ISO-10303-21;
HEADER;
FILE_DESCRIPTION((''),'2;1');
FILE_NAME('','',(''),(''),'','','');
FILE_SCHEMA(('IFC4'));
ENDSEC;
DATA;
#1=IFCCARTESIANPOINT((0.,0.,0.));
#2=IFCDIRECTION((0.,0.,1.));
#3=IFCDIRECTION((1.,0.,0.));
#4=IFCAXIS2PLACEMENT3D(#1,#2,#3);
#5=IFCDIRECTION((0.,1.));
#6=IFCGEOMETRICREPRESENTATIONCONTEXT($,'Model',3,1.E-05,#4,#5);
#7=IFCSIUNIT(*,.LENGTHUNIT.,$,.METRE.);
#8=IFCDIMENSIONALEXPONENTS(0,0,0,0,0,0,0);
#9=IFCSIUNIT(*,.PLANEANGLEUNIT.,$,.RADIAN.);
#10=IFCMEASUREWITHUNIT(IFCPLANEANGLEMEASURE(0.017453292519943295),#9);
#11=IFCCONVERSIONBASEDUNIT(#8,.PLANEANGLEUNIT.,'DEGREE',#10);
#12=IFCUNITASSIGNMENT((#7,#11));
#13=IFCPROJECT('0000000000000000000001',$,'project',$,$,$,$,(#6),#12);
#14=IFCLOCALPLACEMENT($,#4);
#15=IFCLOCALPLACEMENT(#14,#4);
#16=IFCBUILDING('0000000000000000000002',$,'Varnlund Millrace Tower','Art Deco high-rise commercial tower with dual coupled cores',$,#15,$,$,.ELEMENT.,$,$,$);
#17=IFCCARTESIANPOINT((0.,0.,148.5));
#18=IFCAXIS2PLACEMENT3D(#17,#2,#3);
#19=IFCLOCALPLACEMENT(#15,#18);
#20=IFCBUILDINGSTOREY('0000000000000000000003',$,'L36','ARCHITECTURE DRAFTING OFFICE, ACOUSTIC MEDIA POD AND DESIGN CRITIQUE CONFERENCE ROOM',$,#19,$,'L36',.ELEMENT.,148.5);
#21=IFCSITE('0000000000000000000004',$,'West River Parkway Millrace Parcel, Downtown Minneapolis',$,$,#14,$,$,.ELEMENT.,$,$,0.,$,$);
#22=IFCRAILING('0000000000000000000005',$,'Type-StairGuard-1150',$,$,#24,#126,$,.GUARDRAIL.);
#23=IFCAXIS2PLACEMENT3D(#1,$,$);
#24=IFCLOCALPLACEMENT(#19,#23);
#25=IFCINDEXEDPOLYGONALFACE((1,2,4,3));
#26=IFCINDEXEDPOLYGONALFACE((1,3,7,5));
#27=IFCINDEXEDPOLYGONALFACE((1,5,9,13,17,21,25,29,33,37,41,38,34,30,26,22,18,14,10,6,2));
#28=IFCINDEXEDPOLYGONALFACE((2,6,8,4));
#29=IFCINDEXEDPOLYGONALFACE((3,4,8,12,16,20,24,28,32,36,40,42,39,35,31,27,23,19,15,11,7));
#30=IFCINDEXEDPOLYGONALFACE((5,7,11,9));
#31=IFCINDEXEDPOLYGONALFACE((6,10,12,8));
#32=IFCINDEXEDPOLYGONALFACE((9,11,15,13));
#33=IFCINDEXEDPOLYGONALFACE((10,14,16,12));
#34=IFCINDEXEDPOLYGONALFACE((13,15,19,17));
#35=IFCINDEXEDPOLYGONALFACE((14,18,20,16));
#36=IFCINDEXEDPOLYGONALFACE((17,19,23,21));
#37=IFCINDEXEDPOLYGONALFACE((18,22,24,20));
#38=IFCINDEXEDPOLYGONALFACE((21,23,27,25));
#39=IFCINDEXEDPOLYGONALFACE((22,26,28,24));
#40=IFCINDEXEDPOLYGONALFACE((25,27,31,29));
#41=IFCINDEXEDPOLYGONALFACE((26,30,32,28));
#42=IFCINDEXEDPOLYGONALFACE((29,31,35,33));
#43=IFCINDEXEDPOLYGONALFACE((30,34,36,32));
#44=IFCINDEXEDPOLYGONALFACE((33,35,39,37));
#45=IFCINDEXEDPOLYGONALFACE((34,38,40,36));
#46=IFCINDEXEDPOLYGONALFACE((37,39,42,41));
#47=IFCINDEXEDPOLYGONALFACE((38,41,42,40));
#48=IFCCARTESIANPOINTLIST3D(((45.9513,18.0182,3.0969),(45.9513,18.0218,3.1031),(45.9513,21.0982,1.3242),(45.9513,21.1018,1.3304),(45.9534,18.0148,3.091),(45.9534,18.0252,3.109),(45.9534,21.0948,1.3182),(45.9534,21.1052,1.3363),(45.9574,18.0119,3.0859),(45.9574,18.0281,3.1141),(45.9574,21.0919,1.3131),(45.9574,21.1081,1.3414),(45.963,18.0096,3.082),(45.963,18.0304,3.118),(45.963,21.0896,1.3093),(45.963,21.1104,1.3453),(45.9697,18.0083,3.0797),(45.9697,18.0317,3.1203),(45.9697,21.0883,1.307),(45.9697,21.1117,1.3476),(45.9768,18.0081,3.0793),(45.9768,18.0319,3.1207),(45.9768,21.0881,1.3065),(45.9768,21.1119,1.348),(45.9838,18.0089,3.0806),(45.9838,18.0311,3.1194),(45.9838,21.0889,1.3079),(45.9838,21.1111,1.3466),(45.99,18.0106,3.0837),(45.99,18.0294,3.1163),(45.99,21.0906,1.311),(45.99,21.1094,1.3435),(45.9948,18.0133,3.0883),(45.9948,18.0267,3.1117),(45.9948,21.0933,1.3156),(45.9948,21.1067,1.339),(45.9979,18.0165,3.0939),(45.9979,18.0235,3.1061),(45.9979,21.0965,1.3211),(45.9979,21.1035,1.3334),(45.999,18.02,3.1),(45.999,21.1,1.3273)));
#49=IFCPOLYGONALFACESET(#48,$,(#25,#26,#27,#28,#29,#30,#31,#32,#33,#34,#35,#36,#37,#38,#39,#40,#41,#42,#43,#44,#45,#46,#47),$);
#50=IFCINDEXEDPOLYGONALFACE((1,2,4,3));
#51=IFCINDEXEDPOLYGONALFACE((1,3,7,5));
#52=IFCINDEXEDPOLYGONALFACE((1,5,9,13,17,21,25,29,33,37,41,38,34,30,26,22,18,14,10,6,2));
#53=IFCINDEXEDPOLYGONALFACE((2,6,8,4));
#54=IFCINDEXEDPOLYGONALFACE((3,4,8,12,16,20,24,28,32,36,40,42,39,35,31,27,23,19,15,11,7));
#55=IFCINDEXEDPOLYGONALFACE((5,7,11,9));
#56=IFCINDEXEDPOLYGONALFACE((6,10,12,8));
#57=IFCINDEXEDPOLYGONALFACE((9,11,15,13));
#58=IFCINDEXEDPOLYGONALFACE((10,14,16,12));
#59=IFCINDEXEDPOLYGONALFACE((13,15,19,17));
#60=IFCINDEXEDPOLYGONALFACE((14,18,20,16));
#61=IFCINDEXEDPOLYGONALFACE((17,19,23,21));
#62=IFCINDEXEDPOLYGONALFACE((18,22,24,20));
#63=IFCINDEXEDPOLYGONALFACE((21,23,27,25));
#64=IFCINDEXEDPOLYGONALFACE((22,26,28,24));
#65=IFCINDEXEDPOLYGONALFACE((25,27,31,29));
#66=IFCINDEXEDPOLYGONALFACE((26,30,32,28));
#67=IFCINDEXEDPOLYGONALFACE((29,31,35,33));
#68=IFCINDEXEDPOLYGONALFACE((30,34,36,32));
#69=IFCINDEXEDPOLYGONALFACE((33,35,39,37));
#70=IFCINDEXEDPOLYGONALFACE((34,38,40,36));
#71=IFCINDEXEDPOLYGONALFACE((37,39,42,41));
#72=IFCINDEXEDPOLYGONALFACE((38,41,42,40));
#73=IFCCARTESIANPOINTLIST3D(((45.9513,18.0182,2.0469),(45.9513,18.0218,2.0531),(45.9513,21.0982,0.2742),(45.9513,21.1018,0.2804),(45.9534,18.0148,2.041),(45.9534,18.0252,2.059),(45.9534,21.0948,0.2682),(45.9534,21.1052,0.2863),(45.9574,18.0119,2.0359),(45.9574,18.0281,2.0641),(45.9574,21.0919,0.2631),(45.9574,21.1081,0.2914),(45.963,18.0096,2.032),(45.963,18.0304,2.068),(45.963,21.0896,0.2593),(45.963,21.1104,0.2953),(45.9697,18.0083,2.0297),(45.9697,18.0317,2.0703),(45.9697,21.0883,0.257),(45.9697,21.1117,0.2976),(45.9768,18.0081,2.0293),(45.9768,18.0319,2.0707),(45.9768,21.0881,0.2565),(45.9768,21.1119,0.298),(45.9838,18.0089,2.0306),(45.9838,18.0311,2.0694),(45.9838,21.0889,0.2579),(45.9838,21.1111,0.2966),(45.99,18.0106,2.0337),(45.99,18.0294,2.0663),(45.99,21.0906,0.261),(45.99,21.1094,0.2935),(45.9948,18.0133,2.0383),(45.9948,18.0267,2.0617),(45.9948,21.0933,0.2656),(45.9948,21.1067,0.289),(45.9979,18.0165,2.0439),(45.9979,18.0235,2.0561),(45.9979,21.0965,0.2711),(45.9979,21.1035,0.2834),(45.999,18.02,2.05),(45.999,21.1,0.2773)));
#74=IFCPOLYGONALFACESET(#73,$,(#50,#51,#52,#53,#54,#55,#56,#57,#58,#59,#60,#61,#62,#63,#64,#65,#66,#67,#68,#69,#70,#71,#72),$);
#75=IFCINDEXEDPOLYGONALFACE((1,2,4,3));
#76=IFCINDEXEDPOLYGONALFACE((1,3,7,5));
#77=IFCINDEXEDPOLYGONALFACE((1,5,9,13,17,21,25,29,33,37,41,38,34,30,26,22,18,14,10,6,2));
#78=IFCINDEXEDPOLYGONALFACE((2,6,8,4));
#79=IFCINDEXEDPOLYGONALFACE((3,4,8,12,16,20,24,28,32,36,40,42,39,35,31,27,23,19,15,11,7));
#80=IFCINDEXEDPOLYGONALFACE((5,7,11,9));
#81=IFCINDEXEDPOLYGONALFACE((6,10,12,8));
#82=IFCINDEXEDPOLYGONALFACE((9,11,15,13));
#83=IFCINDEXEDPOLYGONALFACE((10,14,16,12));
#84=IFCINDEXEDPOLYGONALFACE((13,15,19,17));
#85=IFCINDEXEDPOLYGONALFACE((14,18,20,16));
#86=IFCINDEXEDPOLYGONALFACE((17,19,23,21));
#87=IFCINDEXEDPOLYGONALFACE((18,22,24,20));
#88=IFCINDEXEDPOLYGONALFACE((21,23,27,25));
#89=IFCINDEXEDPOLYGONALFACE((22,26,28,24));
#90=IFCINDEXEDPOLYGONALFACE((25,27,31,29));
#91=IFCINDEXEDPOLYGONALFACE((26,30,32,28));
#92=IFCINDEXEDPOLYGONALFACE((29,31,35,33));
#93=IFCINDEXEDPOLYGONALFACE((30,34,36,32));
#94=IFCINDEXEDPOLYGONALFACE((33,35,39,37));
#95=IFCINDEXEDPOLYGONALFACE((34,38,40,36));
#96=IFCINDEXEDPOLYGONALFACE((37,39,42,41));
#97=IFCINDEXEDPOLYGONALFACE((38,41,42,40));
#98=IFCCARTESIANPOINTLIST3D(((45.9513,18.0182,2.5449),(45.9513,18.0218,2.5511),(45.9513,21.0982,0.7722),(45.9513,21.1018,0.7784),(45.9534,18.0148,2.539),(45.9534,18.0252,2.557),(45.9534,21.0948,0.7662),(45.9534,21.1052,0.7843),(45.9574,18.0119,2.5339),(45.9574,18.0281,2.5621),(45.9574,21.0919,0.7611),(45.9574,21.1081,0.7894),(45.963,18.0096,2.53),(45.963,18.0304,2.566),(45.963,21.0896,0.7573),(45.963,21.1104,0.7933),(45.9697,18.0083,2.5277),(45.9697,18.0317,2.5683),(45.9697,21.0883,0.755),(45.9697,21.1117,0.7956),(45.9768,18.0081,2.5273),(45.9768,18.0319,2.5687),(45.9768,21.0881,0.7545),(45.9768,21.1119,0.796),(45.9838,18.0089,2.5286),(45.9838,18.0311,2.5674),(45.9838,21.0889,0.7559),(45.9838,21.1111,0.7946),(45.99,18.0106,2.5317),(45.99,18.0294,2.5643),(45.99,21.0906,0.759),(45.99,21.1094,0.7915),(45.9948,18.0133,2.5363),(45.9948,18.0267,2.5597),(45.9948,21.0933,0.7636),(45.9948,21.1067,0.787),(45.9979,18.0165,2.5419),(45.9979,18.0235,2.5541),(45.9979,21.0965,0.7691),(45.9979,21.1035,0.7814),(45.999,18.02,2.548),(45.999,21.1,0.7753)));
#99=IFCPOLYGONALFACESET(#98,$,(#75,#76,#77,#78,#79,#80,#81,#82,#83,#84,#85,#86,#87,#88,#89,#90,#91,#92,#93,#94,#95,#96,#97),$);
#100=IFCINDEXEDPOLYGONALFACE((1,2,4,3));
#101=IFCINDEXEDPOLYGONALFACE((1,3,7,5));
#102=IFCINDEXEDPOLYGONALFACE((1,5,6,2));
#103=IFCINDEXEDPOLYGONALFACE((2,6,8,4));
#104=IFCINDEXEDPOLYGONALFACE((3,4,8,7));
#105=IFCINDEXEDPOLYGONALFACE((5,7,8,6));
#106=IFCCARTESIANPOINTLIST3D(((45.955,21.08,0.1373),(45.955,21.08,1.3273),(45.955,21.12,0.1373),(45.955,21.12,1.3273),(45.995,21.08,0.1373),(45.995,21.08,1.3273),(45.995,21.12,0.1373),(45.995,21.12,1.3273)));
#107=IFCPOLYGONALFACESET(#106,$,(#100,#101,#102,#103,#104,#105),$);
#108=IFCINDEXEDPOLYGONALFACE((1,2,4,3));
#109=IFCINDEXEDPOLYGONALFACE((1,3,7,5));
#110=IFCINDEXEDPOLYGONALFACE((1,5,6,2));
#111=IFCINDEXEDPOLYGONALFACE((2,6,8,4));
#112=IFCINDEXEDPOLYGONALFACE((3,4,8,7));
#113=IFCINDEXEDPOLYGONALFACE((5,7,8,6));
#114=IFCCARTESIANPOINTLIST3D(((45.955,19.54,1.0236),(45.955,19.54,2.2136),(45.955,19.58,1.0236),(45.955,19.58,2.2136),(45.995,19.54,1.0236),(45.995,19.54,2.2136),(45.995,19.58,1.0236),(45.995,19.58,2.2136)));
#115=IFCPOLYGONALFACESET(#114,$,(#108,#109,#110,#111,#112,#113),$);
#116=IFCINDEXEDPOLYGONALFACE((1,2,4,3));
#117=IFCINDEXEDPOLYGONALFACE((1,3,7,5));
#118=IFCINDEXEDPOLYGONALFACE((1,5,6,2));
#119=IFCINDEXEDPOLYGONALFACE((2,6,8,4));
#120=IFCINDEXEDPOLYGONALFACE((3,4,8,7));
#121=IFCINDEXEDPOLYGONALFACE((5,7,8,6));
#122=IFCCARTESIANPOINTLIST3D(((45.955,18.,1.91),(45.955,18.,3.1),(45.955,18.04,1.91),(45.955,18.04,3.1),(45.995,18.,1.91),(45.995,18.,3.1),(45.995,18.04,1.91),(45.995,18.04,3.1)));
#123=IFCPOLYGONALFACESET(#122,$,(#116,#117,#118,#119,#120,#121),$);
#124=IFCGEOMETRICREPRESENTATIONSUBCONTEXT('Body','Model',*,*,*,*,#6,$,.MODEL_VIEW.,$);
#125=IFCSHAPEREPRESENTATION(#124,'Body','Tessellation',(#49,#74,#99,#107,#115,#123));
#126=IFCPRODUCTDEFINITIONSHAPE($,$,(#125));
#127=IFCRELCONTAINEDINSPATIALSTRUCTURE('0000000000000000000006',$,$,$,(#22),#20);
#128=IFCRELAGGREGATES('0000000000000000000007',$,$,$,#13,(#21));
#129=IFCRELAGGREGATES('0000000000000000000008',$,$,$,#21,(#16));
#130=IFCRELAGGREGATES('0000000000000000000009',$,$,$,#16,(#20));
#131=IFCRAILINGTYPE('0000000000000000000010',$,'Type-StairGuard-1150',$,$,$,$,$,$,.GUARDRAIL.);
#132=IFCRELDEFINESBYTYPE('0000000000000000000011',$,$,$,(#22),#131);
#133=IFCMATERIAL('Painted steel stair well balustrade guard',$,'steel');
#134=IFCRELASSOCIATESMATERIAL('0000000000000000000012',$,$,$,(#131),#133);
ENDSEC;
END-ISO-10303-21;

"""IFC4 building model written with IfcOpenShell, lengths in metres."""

from ifc_helpers import new_model, entity, si_unit, converted_unit, direction, frame, origin_with_axes, origin_2d_with_axis, place, context, subcontext, project, spatial, rectangle, circle, extrude, material, type_object, element, save


model = new_model("IFC4")

# Units and contexts
model_context = context("Model", 3, precision=1e-05, world=origin_with_axes(), true_north=direction((0.0, 1.0)))
body_context = subcontext(model_context, "Body", "Model", "MODEL_VIEW")
ifc_project = project(units=[si_unit("LENGTHUNIT", "METRE"), converted_unit("PLANEANGLEUNIT", "DEGREE", entity("IfcPlaneAngleMeasure", 0.017453292519943295), si_unit("PLANEANGLEUNIT", "RADIAN"), dimensions=[0, 0, 0, 0, 0, 0, 0])], contexts=[model_context])

# Site, building, storey
site_placement = place(None, origin_with_axes())
site = spatial("IfcSite", under=ifc_project, at=site_placement, Name="West River Parkway Millrace Parcel, Downtown Minneapolis", CompositionType="ELEMENT", RefElevation=0.0)
building_placement = place(site_placement, origin_with_axes())
building = spatial("IfcBuilding", under=site, at=building_placement, Name="Varnlund Millrace Tower", Description="Art Deco high-rise commercial tower with dual coupled cores", CompositionType="ELEMENT")
storey_placement = place(building_placement, frame((0.0, 0.0, 148.5), z_axis=(0.0, 0.0, 1.0), x_axis=(1.0, 0.0, 0.0)))
storey = spatial("IfcBuildingStorey", under=building, at=storey_placement, Name="L36", Description="ARCHITECTURE DRAFTING OFFICE, ACOUSTIC MEDIA POD AND DESIGN CRITIQUE CONFERENCE ROOM", LongName="L36", CompositionType="ELEMENT", Elevation=148.5)

# Railing
ifc_material_1 = material(Name="Painted steel stair well balustrade guard", Category="steel")
railing_type_1 = type_object("IfcRailingType", Name="Type-StairGuard-1150", PredefinedType="GUARDRAIL", material=ifc_material_1)
railing_1_placement = place(storey_placement, frame((0.0, 0.0, -148.5), z_axis=(0.0, 0.0, 1.0), x_axis=(1.0, 0.0, 0.0)))
element("IfcRailing", 1, at=railing_1_placement, inside=storey, type_object=railing_type_1, Name="Type-StairGuard-1150", PredefinedType="GUARDRAIL", context=body_context, shape_type="SweptSolid", body=[
    extrude(circle(Radius=0.024, at=origin_2d_with_axis()), frame((45.975, 21.1, 149.8273), z_axis=(0.0, -0.866696, 0.498836), x_axis=(1.0, 0.0, 0.0)), (0.0, 0.0, 1.0), 3.5537),
    extrude(circle(Radius=0.024, at=origin_2d_with_axis()), frame((45.975, 21.1, 148.7773), z_axis=(0.0, -0.866696, 0.498836), x_axis=(1.0, 0.0, 0.0)), (0.0, 0.0, 1.0), 3.5537),
    extrude(circle(Radius=0.024, at=origin_2d_with_axis()), frame((45.975, 21.1, 149.2753), z_axis=(0.0, -0.866696, 0.498836), x_axis=(1.0, 0.0, 0.0)), (0.0, 0.0, 1.0), 3.5537),
    extrude(rectangle(XDim=0.04, YDim=0.04, at=origin_2d_with_axis()), frame((45.975, 21.1, 148.6373), z_axis=(0.0, 0.0, 1.0), x_axis=(1.0, 0.0, 0.0)), (0.0, 0.0, 1.0), 1.19),
    extrude(rectangle(XDim=0.04, YDim=0.04, at=origin_2d_with_axis()), frame((45.975, 19.56, 149.5236), z_axis=(0.0, 0.0, 1.0), x_axis=(1.0, 0.0, 0.0)), (0.0, 0.0, 1.0), 1.19),
    extrude(rectangle(XDim=0.04, YDim=0.04, at=origin_2d_with_axis()), frame((45.975, 18.02, 150.41), z_axis=(0.0, 0.0, 1.0), x_axis=(1.0, 0.0, 0.0)), (0.0, 0.0, 1.0), 1.19),
])

save(model, "model.ifc")
